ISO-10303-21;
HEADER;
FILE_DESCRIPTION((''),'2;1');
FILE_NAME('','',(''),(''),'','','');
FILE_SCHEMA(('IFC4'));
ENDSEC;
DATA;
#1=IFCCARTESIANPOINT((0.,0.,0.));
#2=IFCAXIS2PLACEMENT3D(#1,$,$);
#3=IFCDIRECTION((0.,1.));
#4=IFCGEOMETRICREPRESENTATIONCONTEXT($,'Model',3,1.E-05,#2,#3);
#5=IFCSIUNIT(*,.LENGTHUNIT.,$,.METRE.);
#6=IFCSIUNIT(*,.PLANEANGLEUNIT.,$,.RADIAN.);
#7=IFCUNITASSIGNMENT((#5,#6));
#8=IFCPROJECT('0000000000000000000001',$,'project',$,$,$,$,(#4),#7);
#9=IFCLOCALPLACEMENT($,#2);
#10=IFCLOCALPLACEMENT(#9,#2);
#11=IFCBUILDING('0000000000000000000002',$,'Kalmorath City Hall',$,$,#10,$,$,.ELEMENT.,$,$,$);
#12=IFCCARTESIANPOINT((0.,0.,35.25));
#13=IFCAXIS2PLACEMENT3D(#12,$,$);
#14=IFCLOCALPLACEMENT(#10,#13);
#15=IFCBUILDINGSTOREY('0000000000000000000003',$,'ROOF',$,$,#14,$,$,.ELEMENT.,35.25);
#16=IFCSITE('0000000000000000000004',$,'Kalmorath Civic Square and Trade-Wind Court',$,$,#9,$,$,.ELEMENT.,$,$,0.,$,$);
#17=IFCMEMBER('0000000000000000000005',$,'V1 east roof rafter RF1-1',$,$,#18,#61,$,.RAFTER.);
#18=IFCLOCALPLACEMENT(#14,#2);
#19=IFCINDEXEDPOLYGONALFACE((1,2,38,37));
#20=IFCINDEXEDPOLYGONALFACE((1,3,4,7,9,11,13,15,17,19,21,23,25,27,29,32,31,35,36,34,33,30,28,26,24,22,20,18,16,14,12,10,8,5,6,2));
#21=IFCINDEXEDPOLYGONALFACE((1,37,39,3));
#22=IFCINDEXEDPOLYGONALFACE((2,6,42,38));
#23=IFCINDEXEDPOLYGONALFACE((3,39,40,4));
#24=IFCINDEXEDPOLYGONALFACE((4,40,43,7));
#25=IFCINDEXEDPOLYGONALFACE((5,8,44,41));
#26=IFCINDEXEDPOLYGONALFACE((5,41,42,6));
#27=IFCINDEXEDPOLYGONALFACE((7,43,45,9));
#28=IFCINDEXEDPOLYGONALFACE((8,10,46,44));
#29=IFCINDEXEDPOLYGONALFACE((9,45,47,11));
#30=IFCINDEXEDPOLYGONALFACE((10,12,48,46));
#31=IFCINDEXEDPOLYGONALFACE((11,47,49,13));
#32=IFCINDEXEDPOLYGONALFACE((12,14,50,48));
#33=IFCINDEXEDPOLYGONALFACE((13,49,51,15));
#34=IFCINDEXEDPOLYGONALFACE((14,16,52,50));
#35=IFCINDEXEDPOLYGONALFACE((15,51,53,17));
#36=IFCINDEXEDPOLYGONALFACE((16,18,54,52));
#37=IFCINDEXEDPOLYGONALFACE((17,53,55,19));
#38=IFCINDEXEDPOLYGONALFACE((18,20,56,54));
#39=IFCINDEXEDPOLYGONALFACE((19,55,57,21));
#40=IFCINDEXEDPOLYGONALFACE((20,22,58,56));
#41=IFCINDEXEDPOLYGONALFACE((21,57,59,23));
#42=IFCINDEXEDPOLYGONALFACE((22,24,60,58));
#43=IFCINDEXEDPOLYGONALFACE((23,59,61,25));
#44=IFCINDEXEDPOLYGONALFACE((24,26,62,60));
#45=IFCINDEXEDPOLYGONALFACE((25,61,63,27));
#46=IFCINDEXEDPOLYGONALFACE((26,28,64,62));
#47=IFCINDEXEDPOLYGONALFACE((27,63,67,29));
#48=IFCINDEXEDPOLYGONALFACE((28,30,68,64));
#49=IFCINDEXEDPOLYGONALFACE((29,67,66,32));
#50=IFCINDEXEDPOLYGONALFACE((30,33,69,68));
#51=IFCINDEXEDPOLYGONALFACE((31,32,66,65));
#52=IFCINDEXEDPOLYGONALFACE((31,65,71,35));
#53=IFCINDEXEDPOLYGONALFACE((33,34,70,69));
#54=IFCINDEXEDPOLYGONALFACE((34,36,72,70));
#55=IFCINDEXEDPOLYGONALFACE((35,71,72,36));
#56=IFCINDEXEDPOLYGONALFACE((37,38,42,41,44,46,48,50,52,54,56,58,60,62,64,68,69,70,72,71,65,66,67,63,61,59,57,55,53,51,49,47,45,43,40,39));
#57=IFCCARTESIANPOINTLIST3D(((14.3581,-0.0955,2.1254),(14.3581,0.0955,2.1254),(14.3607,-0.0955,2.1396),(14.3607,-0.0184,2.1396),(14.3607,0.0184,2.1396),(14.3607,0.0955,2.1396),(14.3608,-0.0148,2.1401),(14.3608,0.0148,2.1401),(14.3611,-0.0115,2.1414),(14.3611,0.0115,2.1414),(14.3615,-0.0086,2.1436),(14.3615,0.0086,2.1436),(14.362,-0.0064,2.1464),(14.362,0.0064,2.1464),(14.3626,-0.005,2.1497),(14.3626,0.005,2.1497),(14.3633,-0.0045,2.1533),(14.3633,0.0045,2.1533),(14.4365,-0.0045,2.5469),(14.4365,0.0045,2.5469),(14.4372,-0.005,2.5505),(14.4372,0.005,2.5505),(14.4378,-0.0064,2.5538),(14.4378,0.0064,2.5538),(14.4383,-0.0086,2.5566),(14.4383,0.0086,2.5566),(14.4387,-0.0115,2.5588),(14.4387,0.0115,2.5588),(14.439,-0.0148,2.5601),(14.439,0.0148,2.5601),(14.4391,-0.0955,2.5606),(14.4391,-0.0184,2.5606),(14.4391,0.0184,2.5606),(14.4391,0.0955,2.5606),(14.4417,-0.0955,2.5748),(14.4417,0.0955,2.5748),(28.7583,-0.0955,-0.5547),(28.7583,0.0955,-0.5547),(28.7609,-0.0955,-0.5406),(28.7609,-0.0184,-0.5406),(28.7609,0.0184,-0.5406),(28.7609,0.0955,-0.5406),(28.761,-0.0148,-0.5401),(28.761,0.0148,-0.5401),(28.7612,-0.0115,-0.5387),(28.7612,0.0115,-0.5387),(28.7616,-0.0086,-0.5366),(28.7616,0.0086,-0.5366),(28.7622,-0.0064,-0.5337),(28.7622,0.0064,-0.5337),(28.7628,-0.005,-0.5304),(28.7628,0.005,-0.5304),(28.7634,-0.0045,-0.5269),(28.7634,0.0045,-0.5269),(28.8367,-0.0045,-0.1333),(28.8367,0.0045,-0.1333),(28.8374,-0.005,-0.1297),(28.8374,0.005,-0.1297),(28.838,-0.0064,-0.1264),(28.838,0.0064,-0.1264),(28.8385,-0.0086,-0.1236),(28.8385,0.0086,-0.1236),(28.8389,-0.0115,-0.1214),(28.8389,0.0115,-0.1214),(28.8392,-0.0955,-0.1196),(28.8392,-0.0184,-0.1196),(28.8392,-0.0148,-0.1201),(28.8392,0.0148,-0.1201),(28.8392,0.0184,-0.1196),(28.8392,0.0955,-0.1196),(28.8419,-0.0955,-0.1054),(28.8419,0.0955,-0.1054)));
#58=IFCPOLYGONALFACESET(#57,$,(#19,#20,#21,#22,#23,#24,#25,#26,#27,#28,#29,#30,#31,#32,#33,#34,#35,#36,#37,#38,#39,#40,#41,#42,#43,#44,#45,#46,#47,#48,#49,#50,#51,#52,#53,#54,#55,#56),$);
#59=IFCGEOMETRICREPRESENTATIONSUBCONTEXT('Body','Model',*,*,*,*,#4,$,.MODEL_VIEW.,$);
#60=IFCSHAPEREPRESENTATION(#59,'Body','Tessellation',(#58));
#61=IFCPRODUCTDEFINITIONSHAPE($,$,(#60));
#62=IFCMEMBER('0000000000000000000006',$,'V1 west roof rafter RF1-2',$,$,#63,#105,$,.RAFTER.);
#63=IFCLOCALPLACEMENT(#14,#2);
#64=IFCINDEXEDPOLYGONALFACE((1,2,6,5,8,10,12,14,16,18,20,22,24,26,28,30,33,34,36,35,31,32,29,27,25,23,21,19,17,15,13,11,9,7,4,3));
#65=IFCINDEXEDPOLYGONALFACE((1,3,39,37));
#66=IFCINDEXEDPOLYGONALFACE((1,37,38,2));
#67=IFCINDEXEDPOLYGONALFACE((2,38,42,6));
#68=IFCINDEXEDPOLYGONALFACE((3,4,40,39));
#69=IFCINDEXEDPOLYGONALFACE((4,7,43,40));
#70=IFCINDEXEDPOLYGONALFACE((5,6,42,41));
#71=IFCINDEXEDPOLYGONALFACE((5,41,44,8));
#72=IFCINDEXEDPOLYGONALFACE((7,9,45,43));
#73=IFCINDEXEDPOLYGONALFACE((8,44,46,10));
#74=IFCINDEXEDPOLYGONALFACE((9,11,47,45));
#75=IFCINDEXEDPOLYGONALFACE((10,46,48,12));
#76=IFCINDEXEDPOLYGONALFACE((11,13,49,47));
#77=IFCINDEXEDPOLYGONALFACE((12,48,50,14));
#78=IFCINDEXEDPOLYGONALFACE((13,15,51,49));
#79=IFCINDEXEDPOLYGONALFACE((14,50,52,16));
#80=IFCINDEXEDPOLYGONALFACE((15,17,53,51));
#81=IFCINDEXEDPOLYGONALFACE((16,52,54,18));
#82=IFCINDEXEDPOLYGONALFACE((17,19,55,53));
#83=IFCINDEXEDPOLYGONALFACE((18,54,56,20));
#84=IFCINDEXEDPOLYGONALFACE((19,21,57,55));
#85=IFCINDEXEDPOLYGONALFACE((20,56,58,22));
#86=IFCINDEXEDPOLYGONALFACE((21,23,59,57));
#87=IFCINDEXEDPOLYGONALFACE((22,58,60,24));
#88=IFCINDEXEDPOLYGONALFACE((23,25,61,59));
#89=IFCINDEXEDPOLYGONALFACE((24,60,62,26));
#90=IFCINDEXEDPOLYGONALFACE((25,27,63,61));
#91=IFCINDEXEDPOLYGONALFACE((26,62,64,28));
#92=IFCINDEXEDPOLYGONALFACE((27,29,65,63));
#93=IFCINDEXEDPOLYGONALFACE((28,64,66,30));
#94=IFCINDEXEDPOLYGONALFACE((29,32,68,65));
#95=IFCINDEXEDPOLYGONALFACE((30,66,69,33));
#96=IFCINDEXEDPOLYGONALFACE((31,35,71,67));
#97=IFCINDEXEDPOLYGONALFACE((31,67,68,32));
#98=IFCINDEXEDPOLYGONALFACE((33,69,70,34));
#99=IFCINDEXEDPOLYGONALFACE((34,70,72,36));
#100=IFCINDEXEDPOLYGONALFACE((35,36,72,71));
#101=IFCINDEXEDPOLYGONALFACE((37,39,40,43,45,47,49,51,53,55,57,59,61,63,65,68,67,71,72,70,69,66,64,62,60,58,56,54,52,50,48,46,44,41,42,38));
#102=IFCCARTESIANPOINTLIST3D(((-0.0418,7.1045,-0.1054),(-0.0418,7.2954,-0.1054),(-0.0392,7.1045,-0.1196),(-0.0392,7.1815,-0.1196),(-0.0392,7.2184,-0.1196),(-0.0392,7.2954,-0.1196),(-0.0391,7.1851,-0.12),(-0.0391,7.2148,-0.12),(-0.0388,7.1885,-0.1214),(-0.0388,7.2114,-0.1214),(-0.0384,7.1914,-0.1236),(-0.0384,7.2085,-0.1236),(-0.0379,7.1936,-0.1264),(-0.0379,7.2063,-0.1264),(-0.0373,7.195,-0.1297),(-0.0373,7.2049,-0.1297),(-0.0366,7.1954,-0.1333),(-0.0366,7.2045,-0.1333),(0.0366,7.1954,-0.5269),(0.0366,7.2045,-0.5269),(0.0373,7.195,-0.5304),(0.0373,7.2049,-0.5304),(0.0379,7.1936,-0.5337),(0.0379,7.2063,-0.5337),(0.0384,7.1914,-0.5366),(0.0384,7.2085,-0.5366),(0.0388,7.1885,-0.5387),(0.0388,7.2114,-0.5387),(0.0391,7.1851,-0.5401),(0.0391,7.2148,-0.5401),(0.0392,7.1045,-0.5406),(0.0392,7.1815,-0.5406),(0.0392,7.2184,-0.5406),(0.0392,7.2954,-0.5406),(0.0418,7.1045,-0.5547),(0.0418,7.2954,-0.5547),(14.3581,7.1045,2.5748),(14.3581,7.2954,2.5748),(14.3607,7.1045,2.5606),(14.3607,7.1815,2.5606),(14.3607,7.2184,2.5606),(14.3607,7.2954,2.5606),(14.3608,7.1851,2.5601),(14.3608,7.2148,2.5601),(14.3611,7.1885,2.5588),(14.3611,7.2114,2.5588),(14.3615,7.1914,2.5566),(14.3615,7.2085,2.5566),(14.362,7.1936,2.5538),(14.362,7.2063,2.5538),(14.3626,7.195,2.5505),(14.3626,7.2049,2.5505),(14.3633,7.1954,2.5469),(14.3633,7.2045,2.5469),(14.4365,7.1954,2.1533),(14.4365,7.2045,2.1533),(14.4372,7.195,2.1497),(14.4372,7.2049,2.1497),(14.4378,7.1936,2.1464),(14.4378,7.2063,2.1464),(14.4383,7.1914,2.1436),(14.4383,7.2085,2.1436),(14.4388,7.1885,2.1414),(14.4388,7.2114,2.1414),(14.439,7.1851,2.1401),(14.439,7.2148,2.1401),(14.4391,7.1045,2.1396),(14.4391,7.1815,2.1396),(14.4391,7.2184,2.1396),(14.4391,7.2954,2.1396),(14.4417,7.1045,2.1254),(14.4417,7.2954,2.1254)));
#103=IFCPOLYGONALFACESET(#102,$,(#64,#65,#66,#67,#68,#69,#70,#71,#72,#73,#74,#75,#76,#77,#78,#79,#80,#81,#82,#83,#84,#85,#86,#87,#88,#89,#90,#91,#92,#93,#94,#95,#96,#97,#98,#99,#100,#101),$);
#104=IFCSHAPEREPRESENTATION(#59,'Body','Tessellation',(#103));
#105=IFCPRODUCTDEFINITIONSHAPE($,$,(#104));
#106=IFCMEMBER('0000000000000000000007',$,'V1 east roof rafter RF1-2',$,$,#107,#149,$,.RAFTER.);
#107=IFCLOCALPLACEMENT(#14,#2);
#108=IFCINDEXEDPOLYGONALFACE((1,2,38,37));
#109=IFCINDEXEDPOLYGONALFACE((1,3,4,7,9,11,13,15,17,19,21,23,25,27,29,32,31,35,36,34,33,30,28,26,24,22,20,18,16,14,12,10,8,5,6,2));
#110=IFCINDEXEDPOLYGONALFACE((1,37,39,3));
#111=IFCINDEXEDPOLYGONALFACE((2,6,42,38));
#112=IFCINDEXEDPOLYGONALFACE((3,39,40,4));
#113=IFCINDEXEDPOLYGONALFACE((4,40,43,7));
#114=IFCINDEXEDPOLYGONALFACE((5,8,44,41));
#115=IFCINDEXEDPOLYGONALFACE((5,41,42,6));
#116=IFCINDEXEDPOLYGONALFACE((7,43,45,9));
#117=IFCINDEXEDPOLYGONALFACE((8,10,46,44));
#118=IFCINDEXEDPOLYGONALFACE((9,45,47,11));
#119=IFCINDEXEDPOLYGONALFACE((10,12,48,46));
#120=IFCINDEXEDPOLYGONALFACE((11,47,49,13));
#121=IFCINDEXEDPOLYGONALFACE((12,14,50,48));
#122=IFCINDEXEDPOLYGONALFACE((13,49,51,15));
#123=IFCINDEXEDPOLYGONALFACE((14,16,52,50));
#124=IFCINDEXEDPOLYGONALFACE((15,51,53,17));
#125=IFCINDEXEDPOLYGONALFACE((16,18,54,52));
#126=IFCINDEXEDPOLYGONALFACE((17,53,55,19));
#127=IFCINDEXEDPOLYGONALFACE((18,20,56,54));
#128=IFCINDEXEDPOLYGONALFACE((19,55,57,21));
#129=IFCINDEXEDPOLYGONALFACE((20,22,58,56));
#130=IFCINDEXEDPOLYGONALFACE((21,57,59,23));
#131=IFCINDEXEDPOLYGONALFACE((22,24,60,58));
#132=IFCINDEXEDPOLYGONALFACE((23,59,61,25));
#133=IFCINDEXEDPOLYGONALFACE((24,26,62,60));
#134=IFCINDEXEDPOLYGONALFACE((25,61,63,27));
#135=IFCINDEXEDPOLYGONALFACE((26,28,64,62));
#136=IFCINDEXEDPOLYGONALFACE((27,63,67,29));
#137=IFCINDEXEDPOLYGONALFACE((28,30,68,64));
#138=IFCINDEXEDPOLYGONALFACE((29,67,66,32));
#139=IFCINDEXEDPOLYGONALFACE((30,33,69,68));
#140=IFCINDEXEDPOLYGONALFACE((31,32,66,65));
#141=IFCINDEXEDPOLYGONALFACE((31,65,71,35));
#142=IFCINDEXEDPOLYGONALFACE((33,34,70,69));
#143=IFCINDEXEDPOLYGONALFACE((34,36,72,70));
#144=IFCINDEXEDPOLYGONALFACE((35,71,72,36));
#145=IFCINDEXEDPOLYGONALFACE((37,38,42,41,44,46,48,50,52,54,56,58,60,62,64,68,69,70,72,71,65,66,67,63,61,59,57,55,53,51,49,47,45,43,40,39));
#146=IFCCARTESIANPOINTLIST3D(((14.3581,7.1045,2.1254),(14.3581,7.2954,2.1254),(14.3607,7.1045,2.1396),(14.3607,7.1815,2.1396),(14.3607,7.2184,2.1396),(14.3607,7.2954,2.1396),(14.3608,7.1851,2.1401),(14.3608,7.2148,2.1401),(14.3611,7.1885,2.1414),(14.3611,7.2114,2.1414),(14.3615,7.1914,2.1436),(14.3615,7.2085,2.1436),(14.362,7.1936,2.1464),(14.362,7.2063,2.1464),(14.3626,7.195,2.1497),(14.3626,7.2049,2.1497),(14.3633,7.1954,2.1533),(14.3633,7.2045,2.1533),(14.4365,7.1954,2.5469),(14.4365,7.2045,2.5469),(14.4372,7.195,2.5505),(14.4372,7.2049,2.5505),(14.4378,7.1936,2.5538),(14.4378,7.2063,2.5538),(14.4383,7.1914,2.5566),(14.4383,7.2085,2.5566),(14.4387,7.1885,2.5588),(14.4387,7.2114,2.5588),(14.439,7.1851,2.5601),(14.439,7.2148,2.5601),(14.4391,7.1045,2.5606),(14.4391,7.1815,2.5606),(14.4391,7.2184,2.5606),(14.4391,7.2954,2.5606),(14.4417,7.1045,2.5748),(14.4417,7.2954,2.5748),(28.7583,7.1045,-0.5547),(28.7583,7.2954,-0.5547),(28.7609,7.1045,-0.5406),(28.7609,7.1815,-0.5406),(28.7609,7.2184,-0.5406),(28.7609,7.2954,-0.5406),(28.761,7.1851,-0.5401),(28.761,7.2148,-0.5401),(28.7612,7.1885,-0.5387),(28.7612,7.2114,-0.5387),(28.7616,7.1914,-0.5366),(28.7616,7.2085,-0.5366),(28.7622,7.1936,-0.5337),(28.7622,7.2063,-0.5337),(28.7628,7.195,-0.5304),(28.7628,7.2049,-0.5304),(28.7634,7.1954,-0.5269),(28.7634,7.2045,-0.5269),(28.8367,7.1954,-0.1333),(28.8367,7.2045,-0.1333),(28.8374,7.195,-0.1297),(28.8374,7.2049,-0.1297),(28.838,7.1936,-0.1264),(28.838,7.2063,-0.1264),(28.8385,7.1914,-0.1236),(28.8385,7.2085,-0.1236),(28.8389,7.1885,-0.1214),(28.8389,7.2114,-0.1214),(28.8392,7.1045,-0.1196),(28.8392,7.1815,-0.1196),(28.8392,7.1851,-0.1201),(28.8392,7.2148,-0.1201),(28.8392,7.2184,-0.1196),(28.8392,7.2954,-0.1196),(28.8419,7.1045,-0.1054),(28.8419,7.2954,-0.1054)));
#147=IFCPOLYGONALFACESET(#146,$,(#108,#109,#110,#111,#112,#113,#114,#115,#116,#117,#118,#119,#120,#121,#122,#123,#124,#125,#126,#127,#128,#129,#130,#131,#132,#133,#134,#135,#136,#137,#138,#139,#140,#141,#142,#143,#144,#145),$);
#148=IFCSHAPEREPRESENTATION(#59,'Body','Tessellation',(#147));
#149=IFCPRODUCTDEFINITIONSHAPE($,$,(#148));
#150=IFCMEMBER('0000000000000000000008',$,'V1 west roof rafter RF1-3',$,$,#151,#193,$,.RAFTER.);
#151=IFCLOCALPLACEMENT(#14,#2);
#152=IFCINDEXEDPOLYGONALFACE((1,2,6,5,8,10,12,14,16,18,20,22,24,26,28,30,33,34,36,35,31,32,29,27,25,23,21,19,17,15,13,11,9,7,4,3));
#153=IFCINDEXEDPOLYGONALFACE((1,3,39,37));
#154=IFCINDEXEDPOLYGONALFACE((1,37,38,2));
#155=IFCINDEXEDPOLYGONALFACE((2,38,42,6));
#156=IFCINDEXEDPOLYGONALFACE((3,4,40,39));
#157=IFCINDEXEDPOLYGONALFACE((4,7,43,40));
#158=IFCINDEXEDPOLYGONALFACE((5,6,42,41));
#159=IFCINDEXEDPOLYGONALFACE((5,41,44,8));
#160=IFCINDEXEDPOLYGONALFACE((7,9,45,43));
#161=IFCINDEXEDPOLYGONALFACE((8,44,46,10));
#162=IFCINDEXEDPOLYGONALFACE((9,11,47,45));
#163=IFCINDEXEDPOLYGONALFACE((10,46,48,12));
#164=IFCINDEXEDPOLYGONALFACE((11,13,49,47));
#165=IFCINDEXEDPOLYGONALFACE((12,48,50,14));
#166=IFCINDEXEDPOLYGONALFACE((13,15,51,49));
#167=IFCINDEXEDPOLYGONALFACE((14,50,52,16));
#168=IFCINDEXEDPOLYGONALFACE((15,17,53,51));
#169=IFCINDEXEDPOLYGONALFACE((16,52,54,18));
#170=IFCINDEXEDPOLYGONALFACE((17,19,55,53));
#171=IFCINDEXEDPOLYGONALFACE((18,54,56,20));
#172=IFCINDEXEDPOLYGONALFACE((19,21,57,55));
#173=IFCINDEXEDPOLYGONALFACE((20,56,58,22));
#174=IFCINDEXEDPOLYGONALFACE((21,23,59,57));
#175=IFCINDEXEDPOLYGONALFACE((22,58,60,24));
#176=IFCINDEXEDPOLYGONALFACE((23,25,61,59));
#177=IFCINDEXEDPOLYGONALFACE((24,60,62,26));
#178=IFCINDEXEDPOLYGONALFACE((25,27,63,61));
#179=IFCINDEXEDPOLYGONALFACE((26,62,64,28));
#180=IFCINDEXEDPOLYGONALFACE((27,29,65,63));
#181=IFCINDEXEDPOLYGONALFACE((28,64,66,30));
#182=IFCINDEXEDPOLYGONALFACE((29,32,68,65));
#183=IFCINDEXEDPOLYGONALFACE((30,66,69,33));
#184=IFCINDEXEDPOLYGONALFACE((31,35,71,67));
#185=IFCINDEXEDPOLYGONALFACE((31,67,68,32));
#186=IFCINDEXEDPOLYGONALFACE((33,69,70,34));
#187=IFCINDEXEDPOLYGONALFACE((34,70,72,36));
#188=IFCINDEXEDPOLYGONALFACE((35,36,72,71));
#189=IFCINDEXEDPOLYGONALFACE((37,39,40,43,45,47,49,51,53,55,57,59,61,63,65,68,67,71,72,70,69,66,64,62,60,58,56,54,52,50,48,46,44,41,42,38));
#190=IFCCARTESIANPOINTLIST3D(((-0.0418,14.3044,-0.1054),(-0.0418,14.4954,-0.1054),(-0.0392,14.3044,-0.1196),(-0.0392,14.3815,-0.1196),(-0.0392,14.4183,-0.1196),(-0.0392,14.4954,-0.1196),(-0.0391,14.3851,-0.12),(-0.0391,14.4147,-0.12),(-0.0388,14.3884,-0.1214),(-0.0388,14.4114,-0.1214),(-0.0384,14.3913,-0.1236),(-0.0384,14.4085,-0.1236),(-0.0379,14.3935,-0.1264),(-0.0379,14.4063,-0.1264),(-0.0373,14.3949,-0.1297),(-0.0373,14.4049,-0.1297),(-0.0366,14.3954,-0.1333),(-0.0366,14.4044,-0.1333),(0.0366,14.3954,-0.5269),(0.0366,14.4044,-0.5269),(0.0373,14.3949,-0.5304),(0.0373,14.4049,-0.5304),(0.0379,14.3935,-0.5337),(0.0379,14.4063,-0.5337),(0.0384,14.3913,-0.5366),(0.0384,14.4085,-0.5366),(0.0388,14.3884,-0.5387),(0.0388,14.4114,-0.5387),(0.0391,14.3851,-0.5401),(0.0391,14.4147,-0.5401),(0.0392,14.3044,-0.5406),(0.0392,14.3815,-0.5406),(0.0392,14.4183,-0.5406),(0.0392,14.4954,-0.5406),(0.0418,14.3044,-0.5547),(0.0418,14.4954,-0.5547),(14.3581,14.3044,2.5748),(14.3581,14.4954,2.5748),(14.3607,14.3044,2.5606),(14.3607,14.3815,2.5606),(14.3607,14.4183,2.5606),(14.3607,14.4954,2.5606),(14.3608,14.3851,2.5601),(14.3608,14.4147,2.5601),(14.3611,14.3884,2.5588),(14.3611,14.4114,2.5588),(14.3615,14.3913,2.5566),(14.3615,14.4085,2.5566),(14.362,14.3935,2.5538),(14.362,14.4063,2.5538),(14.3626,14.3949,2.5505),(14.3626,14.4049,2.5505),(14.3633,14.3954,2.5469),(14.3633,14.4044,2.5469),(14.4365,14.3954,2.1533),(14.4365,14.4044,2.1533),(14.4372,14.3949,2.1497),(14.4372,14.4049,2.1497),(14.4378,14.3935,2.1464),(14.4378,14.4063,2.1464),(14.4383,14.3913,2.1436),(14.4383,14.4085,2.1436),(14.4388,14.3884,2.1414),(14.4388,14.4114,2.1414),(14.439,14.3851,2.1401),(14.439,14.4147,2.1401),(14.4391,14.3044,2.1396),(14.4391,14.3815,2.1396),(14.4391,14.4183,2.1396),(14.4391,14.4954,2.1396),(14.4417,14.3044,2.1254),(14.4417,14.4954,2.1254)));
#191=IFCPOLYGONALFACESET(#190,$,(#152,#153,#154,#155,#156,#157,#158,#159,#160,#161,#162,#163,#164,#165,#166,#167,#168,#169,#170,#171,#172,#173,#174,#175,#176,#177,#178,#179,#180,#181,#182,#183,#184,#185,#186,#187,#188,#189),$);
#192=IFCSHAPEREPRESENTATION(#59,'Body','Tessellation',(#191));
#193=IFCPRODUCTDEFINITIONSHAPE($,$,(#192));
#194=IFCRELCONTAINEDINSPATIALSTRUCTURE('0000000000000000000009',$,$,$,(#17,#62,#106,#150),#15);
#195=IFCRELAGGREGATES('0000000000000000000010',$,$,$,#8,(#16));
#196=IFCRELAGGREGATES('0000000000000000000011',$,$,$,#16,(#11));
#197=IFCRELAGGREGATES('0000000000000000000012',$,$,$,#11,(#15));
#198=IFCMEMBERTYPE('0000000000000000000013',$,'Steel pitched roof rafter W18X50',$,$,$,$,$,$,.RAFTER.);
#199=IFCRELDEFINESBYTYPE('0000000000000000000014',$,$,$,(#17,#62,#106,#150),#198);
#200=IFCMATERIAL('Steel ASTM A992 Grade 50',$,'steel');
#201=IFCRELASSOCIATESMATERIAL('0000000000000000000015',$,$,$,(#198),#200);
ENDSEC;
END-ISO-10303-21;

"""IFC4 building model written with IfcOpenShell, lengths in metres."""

from ifc_helpers import new_model, si_unit, direction, frame, origin, origin_2d, place, context, subcontext, project, spatial, i_section, extrude, material, material_profile, profile_set, type_object, element, save


model = new_model("IFC4")

# Units and contexts
model_context = context("Model", 3, precision=1e-05, world=origin(), true_north=direction((0.0, 1.0)))
body_context = subcontext(model_context, "Body", "Model", "MODEL_VIEW")
ifc_project = project(units=[si_unit("LENGTHUNIT", "METRE"), si_unit("PLANEANGLEUNIT", "RADIAN")], contexts=[model_context])

# Site, building, storey
site_placement = place(None, origin())
site = spatial("IfcSite", under=ifc_project, at=site_placement, Name="Kalmorath Civic Square and Trade-Wind Court", CompositionType="ELEMENT", RefElevation=0.0)
building_placement = place(site_placement, origin())
building = spatial("IfcBuilding", under=site, at=building_placement, Name="Kalmorath City Hall", CompositionType="ELEMENT")
storey_placement = place(building_placement, frame((0.0, 0.0, 35.25)))
storey = spatial("IfcBuildingStorey", under=building, at=storey_placement, Name="ROOF", CompositionType="ELEMENT", Elevation=35.25)

# Members
ifc_material_1 = material(Name="Steel ASTM A992 Grade 50", Category="steel")
ifc_material_profile_1 = material_profile(ifc_material_1, i_section(OverallWidth=0.1909, OverallDepth=0.457, WebThickness=0.009, FlangeThickness=0.0144, FilletRadius=0.0139, at=origin_2d()), Name="W18X50")
ifc_profile_set_1 = profile_set([ifc_material_profile_1], Name="Steel ASTM A992 Grade 50")
member_type_1 = type_object("IfcMemberType", Name="Steel pitched roof rafter W18X50", PredefinedType="RAFTER", material=ifc_profile_set_1)
member_1_placement = place(storey_placement, frame((14.3999, 0.0, 2.3501), z_axis=(0.983117, 0.0, -0.182979), x_axis=(0.0, 1.0, 0.0)))
element("IfcMember", 1, at=member_1_placement, inside=storey, type_object=member_type_1, Name="V1 east roof rafter RF1-1", PredefinedType="RAFTER", context=body_context, shape_type="SweptSolid", body=[
    extrude(i_section(OverallWidth=0.1909, OverallDepth=0.457, WebThickness=0.009, FlangeThickness=0.0144, FilletRadius=0.0139, at=origin_2d()), origin(), (0.0, 0.0, 1.0), 14.6475),
])
member_2_placement = place(storey_placement, frame((0.0, 7.2, -0.3301), z_axis=(0.983116, 0.0, 0.182982), x_axis=(0.0, 1.0, 0.0)))
element("IfcMember", 2, at=member_2_placement, inside=storey, type_object=member_type_1, Name="V1 west roof rafter RF1-2", PredefinedType="RAFTER", context=body_context, shape_type="SweptSolid", body=[
    extrude(i_section(OverallWidth=0.1909, OverallDepth=0.457, WebThickness=0.009, FlangeThickness=0.0144, FilletRadius=0.0139, at=origin_2d()), origin(), (0.0, 0.0, 1.0), 14.6472),
])
member_3_placement = place(storey_placement, frame((14.3999, 7.2, 2.3501), z_axis=(0.983117, 0.0, -0.182979), x_axis=(0.0, 1.0, 0.0)))
element("IfcMember", 3, at=member_3_placement, inside=storey, type_object=member_type_1, Name="V1 east roof rafter RF1-2", PredefinedType="RAFTER", context=body_context, shape_type="SweptSolid", body=[
    extrude(i_section(OverallWidth=0.1909, OverallDepth=0.457, WebThickness=0.009, FlangeThickness=0.0144, FilletRadius=0.0139, at=origin_2d()), origin(), (0.0, 0.0, 1.0), 14.6475),
])
member_4_placement = place(storey_placement, frame((0.0, 14.3999, -0.3301), z_axis=(0.983116, 0.0, 0.182982), x_axis=(0.0, 1.0, 0.0)))
element("IfcMember", 4, at=member_4_placement, inside=storey, type_object=member_type_1, Name="V1 west roof rafter RF1-3", PredefinedType="RAFTER", context=body_context, shape_type="SweptSolid", body=[
    extrude(i_section(OverallWidth=0.1909, OverallDepth=0.457, WebThickness=0.009, FlangeThickness=0.0144, FilletRadius=0.0139, at=origin_2d()), origin(), (0.0, 0.0, 1.0), 14.6472),
])

save(model, "model.ifc")
